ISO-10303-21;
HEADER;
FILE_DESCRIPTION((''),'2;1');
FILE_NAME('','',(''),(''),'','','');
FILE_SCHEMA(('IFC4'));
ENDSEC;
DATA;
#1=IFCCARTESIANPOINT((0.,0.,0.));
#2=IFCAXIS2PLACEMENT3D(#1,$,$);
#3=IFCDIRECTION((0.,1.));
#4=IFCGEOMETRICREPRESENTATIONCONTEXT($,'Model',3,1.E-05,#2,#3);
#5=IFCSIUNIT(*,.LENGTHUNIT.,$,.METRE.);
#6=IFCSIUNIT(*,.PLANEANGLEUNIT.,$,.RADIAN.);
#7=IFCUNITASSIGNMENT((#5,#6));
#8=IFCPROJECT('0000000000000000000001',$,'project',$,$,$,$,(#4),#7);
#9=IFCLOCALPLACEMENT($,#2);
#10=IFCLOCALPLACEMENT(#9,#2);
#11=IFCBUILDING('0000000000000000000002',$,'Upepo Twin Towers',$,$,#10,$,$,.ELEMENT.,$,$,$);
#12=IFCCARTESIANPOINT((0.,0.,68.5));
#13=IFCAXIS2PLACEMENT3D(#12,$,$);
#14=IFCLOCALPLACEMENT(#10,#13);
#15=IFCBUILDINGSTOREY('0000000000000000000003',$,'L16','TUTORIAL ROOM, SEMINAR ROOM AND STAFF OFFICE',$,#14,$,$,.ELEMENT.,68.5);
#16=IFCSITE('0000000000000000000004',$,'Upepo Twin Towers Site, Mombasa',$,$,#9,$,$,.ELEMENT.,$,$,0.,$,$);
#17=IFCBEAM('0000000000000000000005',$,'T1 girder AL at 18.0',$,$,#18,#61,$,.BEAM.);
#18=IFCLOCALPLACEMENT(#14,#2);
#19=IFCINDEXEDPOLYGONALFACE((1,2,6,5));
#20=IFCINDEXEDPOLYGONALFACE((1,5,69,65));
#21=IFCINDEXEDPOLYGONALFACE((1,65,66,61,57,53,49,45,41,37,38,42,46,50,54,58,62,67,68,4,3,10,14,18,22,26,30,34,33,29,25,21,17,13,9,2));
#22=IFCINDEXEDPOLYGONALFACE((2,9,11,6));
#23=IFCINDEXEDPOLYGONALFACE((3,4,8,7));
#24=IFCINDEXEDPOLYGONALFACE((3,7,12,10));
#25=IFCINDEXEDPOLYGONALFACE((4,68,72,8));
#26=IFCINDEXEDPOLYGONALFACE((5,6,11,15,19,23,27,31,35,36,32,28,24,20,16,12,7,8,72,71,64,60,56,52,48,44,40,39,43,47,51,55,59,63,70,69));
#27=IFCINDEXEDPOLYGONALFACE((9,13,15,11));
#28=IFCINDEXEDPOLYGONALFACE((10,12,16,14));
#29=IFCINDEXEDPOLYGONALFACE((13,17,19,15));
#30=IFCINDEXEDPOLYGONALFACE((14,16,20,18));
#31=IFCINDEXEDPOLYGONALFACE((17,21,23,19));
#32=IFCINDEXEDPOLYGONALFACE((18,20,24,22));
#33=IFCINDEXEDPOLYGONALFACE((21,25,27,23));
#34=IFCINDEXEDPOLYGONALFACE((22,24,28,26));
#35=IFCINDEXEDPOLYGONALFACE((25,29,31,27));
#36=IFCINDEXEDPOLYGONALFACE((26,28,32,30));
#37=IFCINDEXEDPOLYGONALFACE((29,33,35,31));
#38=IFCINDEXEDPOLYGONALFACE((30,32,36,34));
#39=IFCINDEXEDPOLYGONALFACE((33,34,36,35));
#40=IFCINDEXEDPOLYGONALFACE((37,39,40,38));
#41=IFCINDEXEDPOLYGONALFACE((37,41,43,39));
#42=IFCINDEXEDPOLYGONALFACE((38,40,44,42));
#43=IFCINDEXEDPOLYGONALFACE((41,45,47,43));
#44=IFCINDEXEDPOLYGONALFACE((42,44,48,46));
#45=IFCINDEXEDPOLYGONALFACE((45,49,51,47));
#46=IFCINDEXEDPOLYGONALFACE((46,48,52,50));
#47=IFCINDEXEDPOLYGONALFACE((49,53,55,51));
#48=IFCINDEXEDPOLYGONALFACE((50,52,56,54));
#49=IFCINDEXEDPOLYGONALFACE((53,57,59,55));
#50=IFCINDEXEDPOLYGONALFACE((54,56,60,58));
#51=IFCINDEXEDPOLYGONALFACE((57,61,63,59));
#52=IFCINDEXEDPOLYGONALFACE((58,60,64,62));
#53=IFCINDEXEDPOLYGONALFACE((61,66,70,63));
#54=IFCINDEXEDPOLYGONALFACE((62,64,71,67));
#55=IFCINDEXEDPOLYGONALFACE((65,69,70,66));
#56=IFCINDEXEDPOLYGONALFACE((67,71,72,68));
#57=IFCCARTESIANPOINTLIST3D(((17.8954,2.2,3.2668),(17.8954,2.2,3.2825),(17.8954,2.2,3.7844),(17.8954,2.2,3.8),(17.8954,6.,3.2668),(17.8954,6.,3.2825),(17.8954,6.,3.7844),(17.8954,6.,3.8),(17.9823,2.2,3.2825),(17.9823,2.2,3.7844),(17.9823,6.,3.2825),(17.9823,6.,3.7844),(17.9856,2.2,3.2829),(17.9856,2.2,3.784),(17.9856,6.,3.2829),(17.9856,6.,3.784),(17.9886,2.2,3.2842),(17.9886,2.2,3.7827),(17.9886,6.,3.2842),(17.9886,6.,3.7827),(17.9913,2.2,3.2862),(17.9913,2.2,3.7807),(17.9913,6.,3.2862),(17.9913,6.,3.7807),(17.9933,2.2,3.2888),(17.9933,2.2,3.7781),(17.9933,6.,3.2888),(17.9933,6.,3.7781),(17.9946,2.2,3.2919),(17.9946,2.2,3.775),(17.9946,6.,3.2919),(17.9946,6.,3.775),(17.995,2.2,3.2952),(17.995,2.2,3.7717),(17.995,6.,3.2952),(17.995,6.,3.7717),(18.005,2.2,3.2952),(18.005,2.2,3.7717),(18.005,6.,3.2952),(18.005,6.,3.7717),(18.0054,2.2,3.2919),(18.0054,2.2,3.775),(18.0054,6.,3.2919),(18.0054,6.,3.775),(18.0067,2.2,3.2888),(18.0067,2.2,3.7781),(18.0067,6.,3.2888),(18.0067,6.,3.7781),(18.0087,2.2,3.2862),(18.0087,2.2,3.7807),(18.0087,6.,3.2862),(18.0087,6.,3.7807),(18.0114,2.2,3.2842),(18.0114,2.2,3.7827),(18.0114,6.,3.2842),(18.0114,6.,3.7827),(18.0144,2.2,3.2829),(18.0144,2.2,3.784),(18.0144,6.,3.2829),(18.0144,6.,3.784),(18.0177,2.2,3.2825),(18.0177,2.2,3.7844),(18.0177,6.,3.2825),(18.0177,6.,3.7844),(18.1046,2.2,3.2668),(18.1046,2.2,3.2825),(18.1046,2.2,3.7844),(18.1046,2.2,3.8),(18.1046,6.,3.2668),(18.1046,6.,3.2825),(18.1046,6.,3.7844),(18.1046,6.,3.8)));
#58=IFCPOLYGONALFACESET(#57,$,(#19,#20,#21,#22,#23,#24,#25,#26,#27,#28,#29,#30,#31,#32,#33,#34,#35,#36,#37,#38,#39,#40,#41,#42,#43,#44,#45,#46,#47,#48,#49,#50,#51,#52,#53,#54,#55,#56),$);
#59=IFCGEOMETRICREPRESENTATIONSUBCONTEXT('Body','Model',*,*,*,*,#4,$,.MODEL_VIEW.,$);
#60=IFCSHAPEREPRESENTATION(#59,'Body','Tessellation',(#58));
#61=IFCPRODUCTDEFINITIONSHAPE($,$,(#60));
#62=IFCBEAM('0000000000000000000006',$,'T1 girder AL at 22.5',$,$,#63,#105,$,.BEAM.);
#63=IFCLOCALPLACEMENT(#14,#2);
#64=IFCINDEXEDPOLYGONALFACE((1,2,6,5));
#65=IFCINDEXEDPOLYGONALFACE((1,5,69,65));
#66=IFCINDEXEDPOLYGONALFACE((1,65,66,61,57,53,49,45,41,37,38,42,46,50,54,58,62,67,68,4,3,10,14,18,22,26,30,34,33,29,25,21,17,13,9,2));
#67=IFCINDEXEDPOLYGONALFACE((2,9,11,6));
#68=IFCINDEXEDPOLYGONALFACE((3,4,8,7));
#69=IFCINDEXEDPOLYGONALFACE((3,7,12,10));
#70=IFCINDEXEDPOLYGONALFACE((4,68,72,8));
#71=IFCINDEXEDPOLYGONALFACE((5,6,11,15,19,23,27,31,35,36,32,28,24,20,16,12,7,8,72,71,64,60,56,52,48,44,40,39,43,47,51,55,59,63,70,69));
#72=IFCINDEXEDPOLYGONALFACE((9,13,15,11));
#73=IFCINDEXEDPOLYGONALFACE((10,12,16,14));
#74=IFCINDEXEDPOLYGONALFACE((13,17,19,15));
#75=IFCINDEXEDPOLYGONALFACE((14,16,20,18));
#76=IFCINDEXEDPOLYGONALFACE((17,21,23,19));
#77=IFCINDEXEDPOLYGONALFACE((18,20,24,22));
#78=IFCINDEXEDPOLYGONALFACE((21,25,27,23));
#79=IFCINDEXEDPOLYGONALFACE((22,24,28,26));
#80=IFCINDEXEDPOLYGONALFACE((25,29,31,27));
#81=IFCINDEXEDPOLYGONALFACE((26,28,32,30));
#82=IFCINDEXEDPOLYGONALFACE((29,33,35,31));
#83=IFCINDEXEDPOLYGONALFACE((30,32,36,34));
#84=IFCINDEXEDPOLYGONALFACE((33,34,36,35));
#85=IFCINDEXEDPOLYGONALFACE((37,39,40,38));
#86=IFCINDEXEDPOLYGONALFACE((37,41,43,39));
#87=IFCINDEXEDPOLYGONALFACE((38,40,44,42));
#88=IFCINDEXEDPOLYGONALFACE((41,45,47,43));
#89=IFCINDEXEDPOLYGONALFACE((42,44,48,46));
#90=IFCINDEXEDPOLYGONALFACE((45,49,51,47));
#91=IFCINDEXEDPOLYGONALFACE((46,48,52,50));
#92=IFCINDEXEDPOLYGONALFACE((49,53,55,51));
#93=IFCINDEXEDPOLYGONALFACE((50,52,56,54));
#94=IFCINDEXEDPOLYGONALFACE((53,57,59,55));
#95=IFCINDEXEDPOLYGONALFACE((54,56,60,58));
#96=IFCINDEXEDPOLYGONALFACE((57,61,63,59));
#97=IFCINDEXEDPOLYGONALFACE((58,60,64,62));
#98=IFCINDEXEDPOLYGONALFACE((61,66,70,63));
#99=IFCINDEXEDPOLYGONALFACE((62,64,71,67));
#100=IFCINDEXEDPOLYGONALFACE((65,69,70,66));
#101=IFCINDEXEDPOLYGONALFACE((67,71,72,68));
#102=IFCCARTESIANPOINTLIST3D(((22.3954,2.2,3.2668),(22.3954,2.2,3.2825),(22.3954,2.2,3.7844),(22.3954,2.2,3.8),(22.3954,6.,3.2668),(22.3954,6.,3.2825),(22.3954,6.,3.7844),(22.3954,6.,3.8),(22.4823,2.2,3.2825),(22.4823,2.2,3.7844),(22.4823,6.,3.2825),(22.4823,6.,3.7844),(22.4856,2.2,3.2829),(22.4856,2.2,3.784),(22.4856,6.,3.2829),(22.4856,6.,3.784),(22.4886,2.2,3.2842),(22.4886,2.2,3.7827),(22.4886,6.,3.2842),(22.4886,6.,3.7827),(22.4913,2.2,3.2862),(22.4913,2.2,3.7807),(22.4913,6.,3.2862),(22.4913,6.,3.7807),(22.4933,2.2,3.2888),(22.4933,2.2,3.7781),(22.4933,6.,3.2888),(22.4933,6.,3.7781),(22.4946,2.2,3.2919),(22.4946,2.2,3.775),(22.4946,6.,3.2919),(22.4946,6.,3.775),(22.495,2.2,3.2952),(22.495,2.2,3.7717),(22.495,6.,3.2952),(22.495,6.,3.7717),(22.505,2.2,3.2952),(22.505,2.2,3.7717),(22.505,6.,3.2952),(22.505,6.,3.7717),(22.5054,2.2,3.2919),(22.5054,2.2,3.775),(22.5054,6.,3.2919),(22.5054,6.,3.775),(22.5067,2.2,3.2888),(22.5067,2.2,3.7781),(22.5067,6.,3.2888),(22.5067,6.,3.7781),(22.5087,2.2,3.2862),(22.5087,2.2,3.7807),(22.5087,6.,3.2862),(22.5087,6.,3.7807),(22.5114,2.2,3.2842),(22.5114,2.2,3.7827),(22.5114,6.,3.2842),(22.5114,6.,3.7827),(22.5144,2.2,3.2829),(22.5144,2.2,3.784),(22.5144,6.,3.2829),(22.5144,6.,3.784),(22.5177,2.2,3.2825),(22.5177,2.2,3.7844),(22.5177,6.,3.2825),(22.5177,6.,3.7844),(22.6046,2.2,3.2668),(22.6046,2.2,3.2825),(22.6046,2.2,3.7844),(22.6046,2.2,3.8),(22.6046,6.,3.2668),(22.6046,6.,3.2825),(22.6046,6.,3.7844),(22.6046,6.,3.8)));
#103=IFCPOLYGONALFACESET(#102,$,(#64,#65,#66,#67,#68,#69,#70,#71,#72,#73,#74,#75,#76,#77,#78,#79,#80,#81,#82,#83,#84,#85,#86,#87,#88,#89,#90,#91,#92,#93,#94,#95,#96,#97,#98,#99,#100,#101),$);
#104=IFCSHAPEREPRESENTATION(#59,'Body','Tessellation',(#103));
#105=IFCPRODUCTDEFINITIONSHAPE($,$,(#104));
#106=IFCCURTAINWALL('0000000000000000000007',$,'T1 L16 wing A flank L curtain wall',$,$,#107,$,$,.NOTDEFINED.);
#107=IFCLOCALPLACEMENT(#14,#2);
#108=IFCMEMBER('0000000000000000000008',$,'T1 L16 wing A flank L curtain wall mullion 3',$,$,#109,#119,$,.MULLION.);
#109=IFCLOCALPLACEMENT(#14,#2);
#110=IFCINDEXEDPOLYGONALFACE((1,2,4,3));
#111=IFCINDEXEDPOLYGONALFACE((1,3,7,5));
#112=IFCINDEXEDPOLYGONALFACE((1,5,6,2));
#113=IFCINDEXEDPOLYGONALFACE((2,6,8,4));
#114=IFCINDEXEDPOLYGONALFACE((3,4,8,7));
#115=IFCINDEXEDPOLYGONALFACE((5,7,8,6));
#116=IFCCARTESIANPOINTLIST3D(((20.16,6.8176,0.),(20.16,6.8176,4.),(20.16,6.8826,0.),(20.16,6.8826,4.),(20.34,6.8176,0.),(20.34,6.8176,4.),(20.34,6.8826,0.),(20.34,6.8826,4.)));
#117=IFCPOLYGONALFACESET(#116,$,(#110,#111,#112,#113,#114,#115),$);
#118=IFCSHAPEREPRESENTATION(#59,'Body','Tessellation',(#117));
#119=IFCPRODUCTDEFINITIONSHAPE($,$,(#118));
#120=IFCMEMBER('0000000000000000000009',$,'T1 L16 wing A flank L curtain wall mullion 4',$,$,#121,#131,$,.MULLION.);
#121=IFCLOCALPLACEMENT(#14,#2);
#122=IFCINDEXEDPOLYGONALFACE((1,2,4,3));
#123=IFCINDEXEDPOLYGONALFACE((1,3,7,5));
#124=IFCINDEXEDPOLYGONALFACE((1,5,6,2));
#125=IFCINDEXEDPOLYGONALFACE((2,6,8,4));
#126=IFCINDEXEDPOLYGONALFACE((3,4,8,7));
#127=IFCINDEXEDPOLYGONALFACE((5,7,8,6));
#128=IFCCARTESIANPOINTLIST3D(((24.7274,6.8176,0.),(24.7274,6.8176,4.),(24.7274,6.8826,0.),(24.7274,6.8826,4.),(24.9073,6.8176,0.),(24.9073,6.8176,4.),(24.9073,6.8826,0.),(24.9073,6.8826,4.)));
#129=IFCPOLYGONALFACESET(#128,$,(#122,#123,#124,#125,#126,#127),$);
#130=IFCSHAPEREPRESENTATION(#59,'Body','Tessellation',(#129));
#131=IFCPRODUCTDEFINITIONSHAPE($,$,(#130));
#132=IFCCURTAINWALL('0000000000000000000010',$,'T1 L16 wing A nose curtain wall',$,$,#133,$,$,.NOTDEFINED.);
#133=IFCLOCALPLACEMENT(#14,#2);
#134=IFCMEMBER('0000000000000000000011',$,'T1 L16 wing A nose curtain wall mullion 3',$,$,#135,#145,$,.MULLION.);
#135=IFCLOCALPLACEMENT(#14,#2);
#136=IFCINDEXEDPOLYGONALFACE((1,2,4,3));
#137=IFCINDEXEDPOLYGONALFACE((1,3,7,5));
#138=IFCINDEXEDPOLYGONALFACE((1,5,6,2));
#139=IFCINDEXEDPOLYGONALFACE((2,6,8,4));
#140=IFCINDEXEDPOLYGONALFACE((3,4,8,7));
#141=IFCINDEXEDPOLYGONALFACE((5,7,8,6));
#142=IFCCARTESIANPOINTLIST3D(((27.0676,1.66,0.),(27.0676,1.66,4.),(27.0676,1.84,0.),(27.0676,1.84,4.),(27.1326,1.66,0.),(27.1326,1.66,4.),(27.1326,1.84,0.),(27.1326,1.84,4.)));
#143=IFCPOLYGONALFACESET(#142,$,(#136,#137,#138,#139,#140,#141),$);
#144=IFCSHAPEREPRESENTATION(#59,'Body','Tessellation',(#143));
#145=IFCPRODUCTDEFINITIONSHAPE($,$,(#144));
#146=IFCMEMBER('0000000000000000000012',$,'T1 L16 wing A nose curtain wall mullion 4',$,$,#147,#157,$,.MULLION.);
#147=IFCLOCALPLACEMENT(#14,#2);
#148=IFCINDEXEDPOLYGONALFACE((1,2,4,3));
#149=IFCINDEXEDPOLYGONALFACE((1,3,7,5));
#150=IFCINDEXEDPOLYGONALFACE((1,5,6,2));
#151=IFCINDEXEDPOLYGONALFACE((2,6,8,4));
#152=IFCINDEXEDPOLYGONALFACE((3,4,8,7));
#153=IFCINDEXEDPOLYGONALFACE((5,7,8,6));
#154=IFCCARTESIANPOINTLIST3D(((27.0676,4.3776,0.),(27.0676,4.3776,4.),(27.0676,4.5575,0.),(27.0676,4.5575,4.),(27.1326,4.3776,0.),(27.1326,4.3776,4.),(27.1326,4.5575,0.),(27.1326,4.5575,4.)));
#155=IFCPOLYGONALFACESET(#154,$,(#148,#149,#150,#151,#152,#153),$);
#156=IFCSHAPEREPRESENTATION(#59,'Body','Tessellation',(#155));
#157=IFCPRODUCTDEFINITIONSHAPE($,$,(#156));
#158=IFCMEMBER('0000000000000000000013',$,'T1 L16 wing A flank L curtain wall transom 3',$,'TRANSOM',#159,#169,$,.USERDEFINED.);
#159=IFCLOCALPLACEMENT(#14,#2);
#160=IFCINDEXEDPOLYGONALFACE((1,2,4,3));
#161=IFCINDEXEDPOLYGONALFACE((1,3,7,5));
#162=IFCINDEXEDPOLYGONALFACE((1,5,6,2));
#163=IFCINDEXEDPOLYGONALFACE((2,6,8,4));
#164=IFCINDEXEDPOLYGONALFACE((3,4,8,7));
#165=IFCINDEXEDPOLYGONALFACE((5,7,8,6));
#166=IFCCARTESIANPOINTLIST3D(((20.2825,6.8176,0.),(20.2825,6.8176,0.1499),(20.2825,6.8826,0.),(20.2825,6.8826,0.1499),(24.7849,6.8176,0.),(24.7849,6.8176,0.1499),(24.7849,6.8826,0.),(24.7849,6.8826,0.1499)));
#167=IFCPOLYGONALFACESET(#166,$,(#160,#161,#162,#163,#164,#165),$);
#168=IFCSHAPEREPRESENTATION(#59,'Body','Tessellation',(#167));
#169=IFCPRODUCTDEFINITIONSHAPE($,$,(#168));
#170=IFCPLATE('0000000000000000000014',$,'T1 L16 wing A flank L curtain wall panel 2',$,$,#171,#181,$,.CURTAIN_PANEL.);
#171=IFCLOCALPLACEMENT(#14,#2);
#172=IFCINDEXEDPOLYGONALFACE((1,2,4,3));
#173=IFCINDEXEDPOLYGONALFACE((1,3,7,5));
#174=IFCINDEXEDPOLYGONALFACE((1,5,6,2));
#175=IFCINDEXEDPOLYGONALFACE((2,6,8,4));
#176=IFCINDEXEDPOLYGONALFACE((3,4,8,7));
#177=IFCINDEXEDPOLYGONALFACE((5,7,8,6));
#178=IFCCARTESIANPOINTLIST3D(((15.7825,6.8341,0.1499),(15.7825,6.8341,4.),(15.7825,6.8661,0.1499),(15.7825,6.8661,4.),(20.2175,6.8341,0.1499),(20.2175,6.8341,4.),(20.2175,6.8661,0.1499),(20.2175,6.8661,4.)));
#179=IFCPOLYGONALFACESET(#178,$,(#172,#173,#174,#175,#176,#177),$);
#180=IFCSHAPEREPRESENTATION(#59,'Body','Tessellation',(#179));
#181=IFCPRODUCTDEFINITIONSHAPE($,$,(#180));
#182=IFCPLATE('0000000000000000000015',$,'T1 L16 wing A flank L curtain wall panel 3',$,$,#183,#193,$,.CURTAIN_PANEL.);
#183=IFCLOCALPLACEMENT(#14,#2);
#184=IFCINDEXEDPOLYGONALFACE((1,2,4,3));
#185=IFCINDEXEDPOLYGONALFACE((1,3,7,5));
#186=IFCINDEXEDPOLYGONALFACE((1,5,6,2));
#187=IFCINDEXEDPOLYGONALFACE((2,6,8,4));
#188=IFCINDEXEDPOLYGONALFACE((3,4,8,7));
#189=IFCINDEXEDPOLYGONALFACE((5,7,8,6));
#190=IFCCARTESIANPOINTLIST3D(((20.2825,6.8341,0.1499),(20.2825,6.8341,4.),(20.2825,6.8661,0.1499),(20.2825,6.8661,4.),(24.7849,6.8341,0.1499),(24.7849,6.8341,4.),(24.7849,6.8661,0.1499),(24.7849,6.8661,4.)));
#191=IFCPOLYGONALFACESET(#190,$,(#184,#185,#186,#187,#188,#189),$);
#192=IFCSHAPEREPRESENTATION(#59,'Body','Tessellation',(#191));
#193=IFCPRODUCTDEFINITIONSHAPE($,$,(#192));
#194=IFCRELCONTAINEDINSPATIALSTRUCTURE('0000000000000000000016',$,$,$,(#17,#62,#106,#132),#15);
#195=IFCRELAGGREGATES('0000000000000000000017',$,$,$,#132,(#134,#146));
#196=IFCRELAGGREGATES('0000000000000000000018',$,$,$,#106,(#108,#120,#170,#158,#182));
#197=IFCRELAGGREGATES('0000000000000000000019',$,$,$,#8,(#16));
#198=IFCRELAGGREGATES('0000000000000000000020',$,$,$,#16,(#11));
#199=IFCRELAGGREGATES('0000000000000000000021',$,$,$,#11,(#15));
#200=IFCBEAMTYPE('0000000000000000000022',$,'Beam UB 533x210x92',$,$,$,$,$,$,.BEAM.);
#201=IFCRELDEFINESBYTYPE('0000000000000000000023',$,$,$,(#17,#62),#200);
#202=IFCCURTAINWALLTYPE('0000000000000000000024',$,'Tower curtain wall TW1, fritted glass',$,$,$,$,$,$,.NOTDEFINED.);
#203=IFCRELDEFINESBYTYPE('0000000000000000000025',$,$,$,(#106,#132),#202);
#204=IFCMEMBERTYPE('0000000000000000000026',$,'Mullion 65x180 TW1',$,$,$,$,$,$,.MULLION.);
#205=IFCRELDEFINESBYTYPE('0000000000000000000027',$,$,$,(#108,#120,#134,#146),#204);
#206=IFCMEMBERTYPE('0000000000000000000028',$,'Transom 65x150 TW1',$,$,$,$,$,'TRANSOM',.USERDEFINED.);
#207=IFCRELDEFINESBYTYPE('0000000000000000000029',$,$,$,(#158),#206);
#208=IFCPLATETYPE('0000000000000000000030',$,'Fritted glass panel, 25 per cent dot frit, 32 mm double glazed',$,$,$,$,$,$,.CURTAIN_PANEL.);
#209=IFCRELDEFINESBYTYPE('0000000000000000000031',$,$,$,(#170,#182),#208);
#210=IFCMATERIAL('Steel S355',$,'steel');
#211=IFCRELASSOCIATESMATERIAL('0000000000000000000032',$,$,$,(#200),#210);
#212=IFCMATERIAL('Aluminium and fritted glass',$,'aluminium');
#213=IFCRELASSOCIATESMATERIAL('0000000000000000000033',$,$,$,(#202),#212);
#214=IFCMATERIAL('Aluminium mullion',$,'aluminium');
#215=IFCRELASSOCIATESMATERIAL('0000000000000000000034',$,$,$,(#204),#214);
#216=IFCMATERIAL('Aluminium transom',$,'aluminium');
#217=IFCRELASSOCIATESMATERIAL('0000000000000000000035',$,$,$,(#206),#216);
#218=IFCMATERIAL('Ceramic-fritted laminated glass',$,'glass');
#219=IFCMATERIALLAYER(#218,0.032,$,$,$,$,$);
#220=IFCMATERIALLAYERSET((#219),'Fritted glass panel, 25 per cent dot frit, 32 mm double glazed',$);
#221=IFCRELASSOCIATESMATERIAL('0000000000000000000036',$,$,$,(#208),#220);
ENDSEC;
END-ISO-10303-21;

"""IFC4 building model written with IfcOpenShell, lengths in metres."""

from ifc_helpers import new_model, si_unit, direction, frame, origin, origin_2d, place, context, subcontext, project, spatial, rectangle, i_section, extrude, material, layer, layer_set, material_profile, profile_set, type_object, element, aggregate, save


model = new_model("IFC4")

# Units and contexts
model_context = context("Model", 3, precision=1e-05, world=origin(), true_north=direction((0.0, 1.0)))
body_context = subcontext(model_context, "Body", "Model", "MODEL_VIEW")
ifc_project = project(units=[si_unit("LENGTHUNIT", "METRE"), si_unit("PLANEANGLEUNIT", "RADIAN")], contexts=[model_context])

# Site, building, storey
site_placement = place(None, origin())
site = spatial("IfcSite", under=ifc_project, at=site_placement, Name="Upepo Twin Towers Site, Mombasa", CompositionType="ELEMENT", RefElevation=0.0)
building_placement = place(site_placement, origin())
building = spatial("IfcBuilding", under=site, at=building_placement, Name="Upepo Twin Towers", CompositionType="ELEMENT")
storey_placement = place(building_placement, frame((0.0, 0.0, 68.5)))
storey = spatial("IfcBuildingStorey", under=building, at=storey_placement, Name="L16", Description="TUTORIAL ROOM, SEMINAR ROOM AND STAFF OFFICE", CompositionType="ELEMENT", Elevation=68.5)

# Beams
ifc_material_1 = material(Name="Steel S355", Category="steel")
ifc_material_profile_1 = material_profile(ifc_material_1, i_section(OverallWidth=0.2092, OverallDepth=0.5332, WebThickness=0.01, FlangeThickness=0.0156, FilletRadius=0.0127, at=origin_2d()), Name="UB 533x210x92")
ifc_profile_set_1 = profile_set([ifc_material_profile_1], Name="Steel S355")
beam_type_1 = type_object("IfcBeamType", Name="Beam UB 533x210x92", PredefinedType="BEAM", material=ifc_profile_set_1)
for number, where, z_axis, x_axis, name in (
    (1, (18.0, 6.0, 3.5334), (0.0, -1.0, 0.0), (1.0, 0.0, 0.0), "T1 girder AL at 18.0"),
    (2, (22.5, 6.0, 3.5334), (0.0, -1.0, 0.0), (1.0, 0.0, 0.0), "T1 girder AL at 22.5"),
):
    element("IfcBeam", number, at=place(storey_placement, frame(where, z_axis=z_axis, x_axis=x_axis)), inside=storey, type_object=beam_type_1, Name=name, PredefinedType="BEAM", context=body_context, shape_type="SweptSolid", body=[
        extrude(i_section(OverallWidth=0.2092, OverallDepth=0.5332, WebThickness=0.01, FlangeThickness=0.0156, FilletRadius=0.0127, at=origin_2d()), origin(), (0.0, 0.0, 1.0), 3.8),
    ])

# Curtain walls, members
ifc_material_2 = material(Name="Aluminium and fritted glass", Category="aluminium")
curtain_wall_type = type_object("IfcCurtainWallType", Name="Tower curtain wall TW1, fritted glass", PredefinedType="NOTDEFINED", material=ifc_material_2)
curtain_wall_1_placement = place(storey_placement, origin())
curtain_wall_1 = element("IfcCurtainWall", 3, at=curtain_wall_1_placement, inside=storey, type_object=curtain_wall_type, Name="T1 L16 wing A flank L curtain wall", PredefinedType="NOTDEFINED")
ifc_material_3 = material(Name="Aluminium mullion", Category="aluminium")
ifc_material_profile_2 = material_profile(ifc_material_3, rectangle(XDim=0.0649, YDim=0.1799, at=origin_2d()), Name="MULLION 65x180")
ifc_profile_set_2 = profile_set([ifc_material_profile_2], Name="Aluminium mullion")
member_type_1 = type_object("IfcMemberType", Name="Mullion 65x180 TW1", PredefinedType="MULLION", material=ifc_profile_set_2)
member_1_placement = place(storey_placement, frame((20.25, 6.8501, 0.0), z_axis=(0.0, 0.0, 1.0), x_axis=(0.0, 1.0, 0.0)))
member_1 = element("IfcMember", 4, at=member_1_placement, type_object=member_type_1, Name="T1 L16 wing A flank L curtain wall mullion 3", PredefinedType="MULLION", context=body_context, shape_type="SweptSolid", body=[
    extrude(rectangle(XDim=0.0649, YDim=0.1799, at=origin_2d()), origin(), (0.0, 0.0, 1.0), 4.0),
])
member_2_placement = place(storey_placement, frame((24.8174, 6.8501, 0.0), z_axis=(0.0, 0.0, 1.0), x_axis=(0.0, 1.0, 0.0)))
member_2 = element("IfcMember", 5, at=member_2_placement, type_object=member_type_1, Name="T1 L16 wing A flank L curtain wall mullion 4", PredefinedType="MULLION", context=body_context, shape_type="SweptSolid", body=[
    extrude(rectangle(XDim=0.0649, YDim=0.1799, at=origin_2d()), origin(), (0.0, 0.0, 1.0), 4.0),
])
curtain_wall_2_placement = place(storey_placement, origin())
curtain_wall_2 = element("IfcCurtainWall", 6, at=curtain_wall_2_placement, inside=storey, type_object=curtain_wall_type, Name="T1 L16 wing A nose curtain wall", PredefinedType="NOTDEFINED")
member_3_placement = place(storey_placement, frame((27.1001, 1.75, 0.0), z_axis=(0.0, 0.0, 1.0), x_axis=(-1.0, 0.0, 0.0)))
member_3 = element("IfcMember", 7, at=member_3_placement, type_object=member_type_1, Name="T1 L16 wing A nose curtain wall mullion 3", PredefinedType="MULLION", context=body_context, shape_type="SweptSolid", body=[
    extrude(rectangle(XDim=0.0649, YDim=0.1799, at=origin_2d()), origin(), (0.0, 0.0, 1.0), 4.0),
])
member_4_placement = place(storey_placement, frame((27.1001, 4.4675, 0.0), z_axis=(0.0, 0.0, 1.0), x_axis=(-1.0, 0.0, 0.0)))
member_4 = element("IfcMember", 8, at=member_4_placement, type_object=member_type_1, Name="T1 L16 wing A nose curtain wall mullion 4", PredefinedType="MULLION", context=body_context, shape_type="SweptSolid", body=[
    extrude(rectangle(XDim=0.0649, YDim=0.1799, at=origin_2d()), origin(), (0.0, 0.0, 1.0), 4.0),
])
aggregate(curtain_wall_2, [member_3, member_4])

# Member
ifc_material_4 = material(Name="Aluminium transom", Category="aluminium")
ifc_material_profile_3 = material_profile(ifc_material_4, rectangle(XDim=0.0649, YDim=0.1499, at=origin_2d()), Name="TRANSOM 65x150")
ifc_profile_set_3 = profile_set([ifc_material_profile_3], Name="Aluminium transom")
member_type_2 = type_object("IfcMemberType", Name="Transom 65x150 TW1", ElementType="TRANSOM", PredefinedType="USERDEFINED", material=ifc_profile_set_3)
member_5_placement = place(storey_placement, frame((20.2825, 6.8501, 0.075), z_axis=(1.0, 0.0, 0.0), x_axis=(0.0, 1.0, 0.0)))
member_5 = element("IfcMember", 9, at=member_5_placement, type_object=member_type_2, Name="T1 L16 wing A flank L curtain wall transom 3", ObjectType="TRANSOM", PredefinedType="USERDEFINED", context=body_context, shape_type="SweptSolid", body=[
    extrude(rectangle(XDim=0.0649, YDim=0.1499, at=origin_2d()), origin(), (0.0, 0.0, 1.0), 4.5024),
])

# Plates
ifc_material_5 = material(Name="Ceramic-fritted laminated glass", Category="glass")
ifc_layer_1 = layer(ifc_material_5, 0.032)
ifc_layer_set_1 = layer_set([ifc_layer_1], Name="Fritted glass panel, 25 per cent dot frit, 32 mm double glazed")
plate_type = type_object("IfcPlateType", Name="Fritted glass panel, 25 per cent dot frit, 32 mm double glazed", PredefinedType="CURTAIN_PANEL", material=ifc_layer_set_1)
plate_1_placement = place(storey_placement, frame((18.0, 6.8501, 0.1499), z_axis=(0.0, 0.0, 1.0), x_axis=(1.0, 0.0, 0.0)))
plate_1 = element("IfcPlate", 10, at=plate_1_placement, type_object=plate_type, Name="T1 L16 wing A flank L curtain wall panel 2", PredefinedType="CURTAIN_PANEL", context=body_context, shape_type="SweptSolid", body=[
    extrude(rectangle(XDim=4.4351, YDim=0.032, at=origin_2d()), origin(), (0.0, 0.0, 1.0), 3.8501),
])
plate_2_placement = place(storey_placement, frame((22.5337, 6.8501, 0.1499), z_axis=(0.0, 0.0, 1.0), x_axis=(1.0, 0.0, 0.0)))
plate_2 = element("IfcPlate", 11, at=plate_2_placement, type_object=plate_type, Name="T1 L16 wing A flank L curtain wall panel 3", PredefinedType="CURTAIN_PANEL", context=body_context, shape_type="SweptSolid", body=[
    extrude(rectangle(XDim=4.5024, YDim=0.032, at=origin_2d()), origin(), (0.0, 0.0, 1.0), 3.8501),
])
aggregate(curtain_wall_1, [member_1, member_2, plate_1, member_5, plate_2])

save(model, "model.ifc")
